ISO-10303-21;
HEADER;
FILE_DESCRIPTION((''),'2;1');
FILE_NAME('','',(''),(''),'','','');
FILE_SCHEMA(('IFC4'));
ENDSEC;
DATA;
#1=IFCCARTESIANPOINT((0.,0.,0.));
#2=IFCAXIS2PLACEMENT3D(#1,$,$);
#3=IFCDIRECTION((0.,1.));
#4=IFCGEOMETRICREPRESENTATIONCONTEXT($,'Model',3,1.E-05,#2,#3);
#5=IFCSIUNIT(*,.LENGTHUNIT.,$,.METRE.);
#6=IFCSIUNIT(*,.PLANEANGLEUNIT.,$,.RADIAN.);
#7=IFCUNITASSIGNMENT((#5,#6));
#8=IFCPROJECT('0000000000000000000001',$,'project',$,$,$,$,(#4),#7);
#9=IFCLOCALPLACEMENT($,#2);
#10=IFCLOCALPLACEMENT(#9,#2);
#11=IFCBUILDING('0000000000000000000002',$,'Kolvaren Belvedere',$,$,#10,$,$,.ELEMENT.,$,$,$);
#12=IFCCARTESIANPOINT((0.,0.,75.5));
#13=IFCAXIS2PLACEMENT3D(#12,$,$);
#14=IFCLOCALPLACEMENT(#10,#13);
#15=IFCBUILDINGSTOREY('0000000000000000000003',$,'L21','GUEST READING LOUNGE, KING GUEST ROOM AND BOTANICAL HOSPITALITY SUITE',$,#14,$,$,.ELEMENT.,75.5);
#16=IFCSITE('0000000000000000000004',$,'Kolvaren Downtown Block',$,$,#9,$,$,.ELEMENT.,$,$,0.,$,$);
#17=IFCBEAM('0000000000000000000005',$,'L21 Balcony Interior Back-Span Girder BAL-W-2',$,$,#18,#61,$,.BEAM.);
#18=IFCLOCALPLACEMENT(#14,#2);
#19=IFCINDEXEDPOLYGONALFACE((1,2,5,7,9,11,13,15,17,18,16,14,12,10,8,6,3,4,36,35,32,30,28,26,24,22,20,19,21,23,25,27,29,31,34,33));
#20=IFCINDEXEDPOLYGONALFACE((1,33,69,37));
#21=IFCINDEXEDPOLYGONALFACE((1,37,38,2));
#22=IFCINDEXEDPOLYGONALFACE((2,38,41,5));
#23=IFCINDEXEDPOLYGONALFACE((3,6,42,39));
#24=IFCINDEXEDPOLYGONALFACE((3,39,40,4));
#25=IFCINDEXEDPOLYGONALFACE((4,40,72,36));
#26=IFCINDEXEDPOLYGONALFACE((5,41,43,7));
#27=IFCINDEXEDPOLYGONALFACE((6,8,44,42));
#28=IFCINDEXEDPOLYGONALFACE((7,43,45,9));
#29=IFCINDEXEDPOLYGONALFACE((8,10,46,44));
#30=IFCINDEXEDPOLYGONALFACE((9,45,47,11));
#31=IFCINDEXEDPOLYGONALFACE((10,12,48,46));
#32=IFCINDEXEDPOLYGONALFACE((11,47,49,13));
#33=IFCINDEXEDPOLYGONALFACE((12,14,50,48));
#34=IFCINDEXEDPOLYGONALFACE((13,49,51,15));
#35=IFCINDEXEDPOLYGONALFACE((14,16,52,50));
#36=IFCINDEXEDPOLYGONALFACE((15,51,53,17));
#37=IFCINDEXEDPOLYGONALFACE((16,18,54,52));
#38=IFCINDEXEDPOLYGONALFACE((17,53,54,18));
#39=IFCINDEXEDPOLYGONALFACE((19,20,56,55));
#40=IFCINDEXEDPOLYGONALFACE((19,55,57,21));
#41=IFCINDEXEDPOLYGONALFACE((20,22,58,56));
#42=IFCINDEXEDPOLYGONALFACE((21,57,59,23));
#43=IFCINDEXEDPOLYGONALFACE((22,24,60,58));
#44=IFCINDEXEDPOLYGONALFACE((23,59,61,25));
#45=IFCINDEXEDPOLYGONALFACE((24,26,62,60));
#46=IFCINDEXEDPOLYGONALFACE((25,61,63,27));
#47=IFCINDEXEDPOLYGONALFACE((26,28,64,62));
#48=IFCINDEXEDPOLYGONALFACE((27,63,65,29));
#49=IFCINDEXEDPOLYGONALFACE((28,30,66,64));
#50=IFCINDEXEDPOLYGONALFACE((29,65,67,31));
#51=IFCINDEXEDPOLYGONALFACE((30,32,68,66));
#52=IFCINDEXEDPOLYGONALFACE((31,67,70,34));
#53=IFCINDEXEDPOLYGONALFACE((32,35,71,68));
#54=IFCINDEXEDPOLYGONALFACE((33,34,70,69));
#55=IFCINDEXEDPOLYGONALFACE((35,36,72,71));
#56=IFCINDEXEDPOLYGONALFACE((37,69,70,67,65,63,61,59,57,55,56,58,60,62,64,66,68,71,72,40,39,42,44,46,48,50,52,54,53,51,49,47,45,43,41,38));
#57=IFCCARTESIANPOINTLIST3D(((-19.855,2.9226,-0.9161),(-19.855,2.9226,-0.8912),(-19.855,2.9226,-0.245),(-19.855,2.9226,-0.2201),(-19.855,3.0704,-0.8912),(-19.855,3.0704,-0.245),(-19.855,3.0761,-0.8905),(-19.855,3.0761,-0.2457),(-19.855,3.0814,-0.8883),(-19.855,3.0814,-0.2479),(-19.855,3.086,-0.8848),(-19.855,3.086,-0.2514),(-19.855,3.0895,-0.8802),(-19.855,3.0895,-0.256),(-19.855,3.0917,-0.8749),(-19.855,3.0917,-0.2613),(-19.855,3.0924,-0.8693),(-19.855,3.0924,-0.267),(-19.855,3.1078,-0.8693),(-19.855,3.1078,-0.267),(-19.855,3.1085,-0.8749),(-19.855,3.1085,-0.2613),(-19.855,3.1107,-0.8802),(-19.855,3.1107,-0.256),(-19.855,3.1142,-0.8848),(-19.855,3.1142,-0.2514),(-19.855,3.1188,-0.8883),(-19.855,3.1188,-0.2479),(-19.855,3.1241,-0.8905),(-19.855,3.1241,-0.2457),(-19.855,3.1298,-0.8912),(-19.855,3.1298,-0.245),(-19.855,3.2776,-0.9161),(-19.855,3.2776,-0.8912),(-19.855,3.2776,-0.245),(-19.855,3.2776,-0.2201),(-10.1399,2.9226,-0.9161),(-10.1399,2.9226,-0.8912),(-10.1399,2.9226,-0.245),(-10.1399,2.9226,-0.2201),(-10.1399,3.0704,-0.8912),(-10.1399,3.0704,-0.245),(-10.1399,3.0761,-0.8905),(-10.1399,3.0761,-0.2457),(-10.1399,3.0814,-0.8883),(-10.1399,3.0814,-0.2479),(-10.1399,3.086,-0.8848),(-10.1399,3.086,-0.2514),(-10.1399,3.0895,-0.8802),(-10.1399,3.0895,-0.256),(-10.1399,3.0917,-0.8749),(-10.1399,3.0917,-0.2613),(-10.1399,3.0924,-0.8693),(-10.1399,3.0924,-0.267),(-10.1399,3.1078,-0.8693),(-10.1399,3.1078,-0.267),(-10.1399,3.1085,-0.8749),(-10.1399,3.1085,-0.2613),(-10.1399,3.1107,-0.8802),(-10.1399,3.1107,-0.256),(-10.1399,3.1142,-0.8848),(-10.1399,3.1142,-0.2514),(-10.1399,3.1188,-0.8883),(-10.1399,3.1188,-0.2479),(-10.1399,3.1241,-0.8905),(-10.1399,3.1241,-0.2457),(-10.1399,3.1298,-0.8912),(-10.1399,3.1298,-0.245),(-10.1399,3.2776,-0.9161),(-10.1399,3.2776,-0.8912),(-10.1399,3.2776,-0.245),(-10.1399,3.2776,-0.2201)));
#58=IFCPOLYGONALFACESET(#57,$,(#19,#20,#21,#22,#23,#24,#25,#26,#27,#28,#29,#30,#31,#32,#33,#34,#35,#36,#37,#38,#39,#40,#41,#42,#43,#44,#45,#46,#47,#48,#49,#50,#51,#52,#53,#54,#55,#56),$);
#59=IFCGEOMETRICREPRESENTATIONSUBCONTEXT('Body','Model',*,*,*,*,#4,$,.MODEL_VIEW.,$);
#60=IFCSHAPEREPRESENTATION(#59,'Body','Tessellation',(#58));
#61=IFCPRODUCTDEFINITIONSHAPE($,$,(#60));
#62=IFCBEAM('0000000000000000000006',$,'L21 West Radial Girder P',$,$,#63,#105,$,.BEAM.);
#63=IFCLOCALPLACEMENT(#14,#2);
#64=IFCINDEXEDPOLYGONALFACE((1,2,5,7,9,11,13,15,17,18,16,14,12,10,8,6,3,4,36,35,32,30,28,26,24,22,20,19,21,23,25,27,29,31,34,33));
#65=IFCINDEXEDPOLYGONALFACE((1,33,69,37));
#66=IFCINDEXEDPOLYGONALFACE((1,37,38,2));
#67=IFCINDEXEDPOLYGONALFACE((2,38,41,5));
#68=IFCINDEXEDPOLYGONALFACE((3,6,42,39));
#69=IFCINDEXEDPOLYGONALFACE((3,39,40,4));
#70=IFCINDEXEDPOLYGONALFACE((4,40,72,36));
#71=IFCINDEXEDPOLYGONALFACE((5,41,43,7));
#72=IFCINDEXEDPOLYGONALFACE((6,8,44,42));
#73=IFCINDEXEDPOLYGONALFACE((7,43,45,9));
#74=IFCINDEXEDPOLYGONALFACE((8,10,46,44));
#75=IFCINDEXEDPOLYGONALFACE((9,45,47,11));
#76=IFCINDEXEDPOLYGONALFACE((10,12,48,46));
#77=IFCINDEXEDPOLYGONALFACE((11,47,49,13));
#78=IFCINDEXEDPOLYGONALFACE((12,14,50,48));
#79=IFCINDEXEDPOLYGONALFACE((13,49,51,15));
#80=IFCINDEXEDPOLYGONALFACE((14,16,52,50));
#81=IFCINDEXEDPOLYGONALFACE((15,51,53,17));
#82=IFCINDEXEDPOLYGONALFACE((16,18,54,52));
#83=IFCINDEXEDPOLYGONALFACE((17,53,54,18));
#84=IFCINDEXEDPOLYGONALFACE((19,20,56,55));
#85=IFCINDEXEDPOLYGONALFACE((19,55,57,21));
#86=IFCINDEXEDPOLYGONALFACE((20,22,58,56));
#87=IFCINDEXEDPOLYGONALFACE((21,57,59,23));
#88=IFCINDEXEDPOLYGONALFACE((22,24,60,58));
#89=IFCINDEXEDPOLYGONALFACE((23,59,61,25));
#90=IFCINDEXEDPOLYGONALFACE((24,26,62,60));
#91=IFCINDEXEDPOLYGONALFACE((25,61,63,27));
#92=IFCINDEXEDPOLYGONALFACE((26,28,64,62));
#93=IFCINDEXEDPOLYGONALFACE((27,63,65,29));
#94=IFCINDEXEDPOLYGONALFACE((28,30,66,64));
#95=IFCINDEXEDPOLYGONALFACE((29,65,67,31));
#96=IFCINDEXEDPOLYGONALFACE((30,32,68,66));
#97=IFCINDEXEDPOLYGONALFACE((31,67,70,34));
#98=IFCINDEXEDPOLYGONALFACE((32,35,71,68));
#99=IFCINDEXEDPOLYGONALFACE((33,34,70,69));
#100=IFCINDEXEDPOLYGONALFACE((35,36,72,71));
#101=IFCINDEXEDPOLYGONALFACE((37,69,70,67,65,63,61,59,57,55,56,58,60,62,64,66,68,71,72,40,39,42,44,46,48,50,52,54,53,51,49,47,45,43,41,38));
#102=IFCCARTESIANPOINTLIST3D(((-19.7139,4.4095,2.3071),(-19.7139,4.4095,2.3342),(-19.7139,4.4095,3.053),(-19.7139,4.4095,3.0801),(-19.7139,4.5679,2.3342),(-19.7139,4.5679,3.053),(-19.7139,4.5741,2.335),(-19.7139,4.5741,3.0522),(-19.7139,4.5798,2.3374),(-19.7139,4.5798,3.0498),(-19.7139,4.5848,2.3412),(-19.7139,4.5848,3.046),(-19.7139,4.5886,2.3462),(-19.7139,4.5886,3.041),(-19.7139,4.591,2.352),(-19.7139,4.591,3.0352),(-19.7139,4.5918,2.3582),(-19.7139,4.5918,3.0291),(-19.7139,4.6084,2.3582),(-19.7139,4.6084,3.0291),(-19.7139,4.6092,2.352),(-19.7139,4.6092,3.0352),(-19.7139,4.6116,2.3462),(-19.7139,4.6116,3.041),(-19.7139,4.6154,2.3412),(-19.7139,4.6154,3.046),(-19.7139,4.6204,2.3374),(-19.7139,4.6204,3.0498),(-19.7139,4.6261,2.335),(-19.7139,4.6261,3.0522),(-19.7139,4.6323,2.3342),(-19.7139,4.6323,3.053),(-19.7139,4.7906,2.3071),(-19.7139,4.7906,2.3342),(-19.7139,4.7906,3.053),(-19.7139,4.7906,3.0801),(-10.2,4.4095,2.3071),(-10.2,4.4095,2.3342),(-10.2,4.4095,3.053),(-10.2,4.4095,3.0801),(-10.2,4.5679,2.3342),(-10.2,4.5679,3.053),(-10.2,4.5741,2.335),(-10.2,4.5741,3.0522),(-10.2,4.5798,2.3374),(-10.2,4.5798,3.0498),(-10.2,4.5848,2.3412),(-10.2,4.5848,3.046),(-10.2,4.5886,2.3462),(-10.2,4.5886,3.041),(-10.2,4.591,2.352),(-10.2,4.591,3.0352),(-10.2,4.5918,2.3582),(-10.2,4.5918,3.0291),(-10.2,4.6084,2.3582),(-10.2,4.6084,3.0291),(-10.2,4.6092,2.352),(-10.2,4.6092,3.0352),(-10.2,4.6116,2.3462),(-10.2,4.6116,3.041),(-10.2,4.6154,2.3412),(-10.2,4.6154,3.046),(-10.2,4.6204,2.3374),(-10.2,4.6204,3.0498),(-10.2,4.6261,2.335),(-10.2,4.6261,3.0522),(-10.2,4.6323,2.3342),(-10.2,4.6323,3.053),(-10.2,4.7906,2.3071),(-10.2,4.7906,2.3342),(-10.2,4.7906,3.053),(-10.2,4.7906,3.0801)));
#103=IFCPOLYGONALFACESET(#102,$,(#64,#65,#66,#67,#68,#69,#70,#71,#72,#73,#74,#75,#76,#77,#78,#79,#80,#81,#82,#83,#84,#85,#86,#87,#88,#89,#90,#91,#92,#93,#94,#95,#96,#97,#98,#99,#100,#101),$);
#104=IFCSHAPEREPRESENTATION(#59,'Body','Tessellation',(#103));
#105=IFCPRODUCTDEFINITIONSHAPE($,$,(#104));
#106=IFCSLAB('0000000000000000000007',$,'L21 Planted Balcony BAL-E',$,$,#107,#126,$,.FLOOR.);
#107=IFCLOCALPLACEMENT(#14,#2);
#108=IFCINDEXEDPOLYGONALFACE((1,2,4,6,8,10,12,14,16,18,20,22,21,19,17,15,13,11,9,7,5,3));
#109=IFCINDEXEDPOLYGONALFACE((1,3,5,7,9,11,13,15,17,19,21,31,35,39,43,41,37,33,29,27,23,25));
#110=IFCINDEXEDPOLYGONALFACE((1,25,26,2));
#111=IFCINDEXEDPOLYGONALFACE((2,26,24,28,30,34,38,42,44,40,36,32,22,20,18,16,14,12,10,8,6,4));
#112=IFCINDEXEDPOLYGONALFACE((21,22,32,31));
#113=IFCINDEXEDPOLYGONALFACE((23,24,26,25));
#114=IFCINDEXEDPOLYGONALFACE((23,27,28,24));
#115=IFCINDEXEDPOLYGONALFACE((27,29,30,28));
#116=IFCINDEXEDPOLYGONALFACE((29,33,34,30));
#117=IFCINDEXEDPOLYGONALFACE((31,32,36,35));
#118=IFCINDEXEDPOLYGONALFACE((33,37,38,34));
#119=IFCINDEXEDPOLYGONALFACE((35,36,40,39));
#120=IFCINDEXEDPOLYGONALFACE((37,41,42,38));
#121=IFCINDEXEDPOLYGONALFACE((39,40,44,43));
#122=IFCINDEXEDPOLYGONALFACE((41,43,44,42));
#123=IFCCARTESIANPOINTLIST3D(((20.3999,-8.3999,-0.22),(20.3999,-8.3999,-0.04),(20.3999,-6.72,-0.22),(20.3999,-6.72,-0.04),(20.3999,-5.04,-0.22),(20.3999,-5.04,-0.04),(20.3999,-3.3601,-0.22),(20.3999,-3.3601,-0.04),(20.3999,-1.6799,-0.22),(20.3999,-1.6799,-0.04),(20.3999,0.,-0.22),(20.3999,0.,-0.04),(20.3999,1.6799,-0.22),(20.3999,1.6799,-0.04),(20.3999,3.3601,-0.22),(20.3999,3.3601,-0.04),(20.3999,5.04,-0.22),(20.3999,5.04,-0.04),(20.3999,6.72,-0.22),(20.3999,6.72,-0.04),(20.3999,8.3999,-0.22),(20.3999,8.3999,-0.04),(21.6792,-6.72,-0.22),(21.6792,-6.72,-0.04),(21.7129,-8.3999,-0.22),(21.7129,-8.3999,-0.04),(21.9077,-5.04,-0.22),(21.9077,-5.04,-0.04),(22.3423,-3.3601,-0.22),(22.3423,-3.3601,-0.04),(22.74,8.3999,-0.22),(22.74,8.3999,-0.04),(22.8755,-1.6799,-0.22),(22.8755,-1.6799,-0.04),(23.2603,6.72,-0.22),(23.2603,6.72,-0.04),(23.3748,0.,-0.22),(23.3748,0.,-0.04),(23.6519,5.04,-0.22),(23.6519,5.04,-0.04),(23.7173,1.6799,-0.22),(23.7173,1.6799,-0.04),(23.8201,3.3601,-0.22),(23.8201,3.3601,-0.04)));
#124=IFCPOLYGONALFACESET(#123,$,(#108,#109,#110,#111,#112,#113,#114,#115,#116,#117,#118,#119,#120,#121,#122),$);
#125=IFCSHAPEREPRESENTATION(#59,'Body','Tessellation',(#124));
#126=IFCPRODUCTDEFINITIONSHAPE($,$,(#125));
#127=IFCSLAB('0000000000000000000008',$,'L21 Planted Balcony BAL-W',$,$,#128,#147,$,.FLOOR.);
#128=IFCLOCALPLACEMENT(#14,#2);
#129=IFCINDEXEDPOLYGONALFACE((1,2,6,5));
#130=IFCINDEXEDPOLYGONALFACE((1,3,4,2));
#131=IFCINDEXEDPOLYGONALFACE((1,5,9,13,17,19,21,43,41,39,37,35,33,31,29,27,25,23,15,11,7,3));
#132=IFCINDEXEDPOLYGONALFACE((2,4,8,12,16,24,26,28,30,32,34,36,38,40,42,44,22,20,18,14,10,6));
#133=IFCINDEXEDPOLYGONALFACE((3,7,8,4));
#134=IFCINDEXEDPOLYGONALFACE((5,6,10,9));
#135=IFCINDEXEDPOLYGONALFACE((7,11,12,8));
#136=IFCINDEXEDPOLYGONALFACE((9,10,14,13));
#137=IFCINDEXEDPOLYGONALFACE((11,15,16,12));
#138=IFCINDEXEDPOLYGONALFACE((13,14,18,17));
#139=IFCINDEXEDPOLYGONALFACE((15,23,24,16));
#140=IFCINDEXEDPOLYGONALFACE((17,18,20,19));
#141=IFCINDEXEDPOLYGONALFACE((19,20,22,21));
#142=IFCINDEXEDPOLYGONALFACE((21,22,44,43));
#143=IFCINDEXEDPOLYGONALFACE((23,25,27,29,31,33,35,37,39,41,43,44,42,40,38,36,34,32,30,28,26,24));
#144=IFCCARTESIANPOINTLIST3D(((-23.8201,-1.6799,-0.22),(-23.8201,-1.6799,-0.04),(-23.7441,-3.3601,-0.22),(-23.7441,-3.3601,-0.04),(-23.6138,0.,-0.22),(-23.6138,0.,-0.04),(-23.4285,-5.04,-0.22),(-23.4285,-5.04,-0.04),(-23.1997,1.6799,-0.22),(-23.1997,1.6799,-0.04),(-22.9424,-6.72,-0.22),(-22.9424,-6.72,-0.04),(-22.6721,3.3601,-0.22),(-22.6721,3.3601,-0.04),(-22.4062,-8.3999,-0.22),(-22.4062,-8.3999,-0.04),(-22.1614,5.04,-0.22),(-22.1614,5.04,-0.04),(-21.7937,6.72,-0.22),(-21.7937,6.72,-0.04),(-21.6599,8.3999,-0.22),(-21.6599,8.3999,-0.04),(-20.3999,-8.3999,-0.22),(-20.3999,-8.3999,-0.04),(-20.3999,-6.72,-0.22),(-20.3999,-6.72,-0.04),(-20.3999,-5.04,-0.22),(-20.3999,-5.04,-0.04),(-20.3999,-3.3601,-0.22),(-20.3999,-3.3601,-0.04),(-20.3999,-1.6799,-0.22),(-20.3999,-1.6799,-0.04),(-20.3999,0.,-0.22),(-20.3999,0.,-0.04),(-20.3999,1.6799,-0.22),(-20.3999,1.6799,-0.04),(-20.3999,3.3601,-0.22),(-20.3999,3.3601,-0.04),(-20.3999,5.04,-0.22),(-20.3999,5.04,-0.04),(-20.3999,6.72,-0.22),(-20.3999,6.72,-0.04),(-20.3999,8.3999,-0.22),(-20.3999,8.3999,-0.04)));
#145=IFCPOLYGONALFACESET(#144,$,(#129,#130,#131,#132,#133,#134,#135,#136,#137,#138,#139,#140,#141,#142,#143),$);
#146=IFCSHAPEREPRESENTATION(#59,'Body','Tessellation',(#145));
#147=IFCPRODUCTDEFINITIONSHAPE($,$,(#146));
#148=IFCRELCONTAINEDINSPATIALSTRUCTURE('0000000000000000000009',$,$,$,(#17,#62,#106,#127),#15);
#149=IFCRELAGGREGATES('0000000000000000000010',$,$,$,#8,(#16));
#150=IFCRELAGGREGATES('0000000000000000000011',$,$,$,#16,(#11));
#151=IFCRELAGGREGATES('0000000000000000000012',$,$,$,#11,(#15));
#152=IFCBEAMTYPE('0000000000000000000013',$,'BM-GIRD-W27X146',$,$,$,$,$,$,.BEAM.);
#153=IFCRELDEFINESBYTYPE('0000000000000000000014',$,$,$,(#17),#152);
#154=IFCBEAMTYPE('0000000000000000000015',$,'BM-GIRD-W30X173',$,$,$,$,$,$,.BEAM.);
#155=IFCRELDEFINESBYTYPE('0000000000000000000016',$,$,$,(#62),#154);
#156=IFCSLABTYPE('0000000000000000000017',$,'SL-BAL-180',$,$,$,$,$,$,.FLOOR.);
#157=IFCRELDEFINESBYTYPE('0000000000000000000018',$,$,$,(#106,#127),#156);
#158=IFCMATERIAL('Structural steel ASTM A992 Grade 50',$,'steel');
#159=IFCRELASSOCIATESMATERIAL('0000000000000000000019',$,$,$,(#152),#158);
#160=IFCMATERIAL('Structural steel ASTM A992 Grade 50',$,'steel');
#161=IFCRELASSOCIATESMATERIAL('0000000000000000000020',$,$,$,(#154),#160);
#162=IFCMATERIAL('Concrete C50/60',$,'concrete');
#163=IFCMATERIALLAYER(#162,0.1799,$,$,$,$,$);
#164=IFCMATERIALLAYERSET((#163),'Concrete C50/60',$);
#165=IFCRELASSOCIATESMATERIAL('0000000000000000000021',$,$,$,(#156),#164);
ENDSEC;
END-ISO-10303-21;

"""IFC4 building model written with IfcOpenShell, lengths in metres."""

from ifc_helpers import new_model, si_unit, direction, frame, origin, origin_2d, place, context, subcontext, project, spatial, polyline, i_section, outline, extrude, material, layer, layer_set, material_profile, profile_set, type_object, element, save


model = new_model("IFC4")

# Units and contexts
model_context = context("Model", 3, precision=1e-05, world=origin(), true_north=direction((0.0, 1.0)))
body_context = subcontext(model_context, "Body", "Model", "MODEL_VIEW")
ifc_project = project(units=[si_unit("LENGTHUNIT", "METRE"), si_unit("PLANEANGLEUNIT", "RADIAN")], contexts=[model_context])

# Site, building, storey
site_placement = place(None, origin())
site = spatial("IfcSite", under=ifc_project, at=site_placement, Name="Kolvaren Downtown Block", CompositionType="ELEMENT", RefElevation=0.0)
building_placement = place(site_placement, origin())
building = spatial("IfcBuilding", under=site, at=building_placement, Name="Kolvaren Belvedere", CompositionType="ELEMENT")
storey_placement = place(building_placement, frame((0.0, 0.0, 75.5)))
storey = spatial("IfcBuildingStorey", under=building, at=storey_placement, Name="L21", Description="GUEST READING LOUNGE, KING GUEST ROOM AND BOTANICAL HOSPITALITY SUITE", CompositionType="ELEMENT", Elevation=75.5)

# Beams
ifc_material_1 = material(Name="Structural steel ASTM A992 Grade 50", Category="steel")
ifc_material_profile_1 = material_profile(ifc_material_1, i_section(OverallWidth=0.355, OverallDepth=0.696, WebThickness=0.0154, FlangeThickness=0.0249, FilletRadius=0.022, at=origin_2d()), Name="W27X146")
ifc_profile_set_1 = profile_set([ifc_material_profile_1], Name="Structural steel ASTM A992 Grade 50")
beam_type_1 = type_object("IfcBeamType", Name="BM-GIRD-W27X146", PredefinedType="BEAM", material=ifc_profile_set_1)
beam_1_placement = place(storey_placement, frame((-10.1399, 3.1001, -0.5681), z_axis=(-1.0, 0.0, 0.0), x_axis=(0.0, -1.0, 0.0)))
element("IfcBeam", 1, at=beam_1_placement, inside=storey, type_object=beam_type_1, Name="L21 Balcony Interior Back-Span Girder BAL-W-2", PredefinedType="BEAM", context=body_context, shape_type="SweptSolid", body=[
    extrude(i_section(OverallWidth=0.355, OverallDepth=0.696, WebThickness=0.0154, FlangeThickness=0.0249, FilletRadius=0.022, at=origin_2d()), origin(), (0.0, 0.0, 1.0), 9.7151),
])
ifc_material_2 = material(Name="Structural steel ASTM A992 Grade 50", Category="steel")
ifc_material_profile_2 = material_profile(ifc_material_2, i_section(OverallWidth=0.3811, OverallDepth=0.7729, WebThickness=0.0166, FlangeThickness=0.0271, FilletRadius=0.0239, at=origin_2d()), Name="W30X173")
ifc_profile_set_2 = profile_set([ifc_material_profile_2], Name="Structural steel ASTM A992 Grade 50")
beam_type_2 = type_object("IfcBeamType", Name="BM-GIRD-W30X173", PredefinedType="BEAM", material=ifc_profile_set_2)
beam_2_placement = place(storey_placement, frame((-10.2, 4.6001, 2.6936), z_axis=(-1.0, 0.0, 0.0), x_axis=(0.0, -1.0, 0.0)))
element("IfcBeam", 2, at=beam_2_placement, inside=storey, type_object=beam_type_2, Name="L21 West Radial Girder P", PredefinedType="BEAM", context=body_context, shape_type="SweptSolid", body=[
    extrude(i_section(OverallWidth=0.3811, OverallDepth=0.7729, WebThickness=0.0166, FlangeThickness=0.0271, FilletRadius=0.0239, at=origin_2d()), origin(), (0.0, 0.0, 1.0), 9.5139),
])

# Slabs
ifc_material_3 = material(Name="Concrete C50/60", Category="concrete")
ifc_layer_1 = layer(ifc_material_3, 0.1799)
ifc_layer_set_1 = layer_set([ifc_layer_1], Name="Concrete C50/60")
slab_type_1 = type_object("IfcSlabType", Name="SL-BAL-180", PredefinedType="FLOOR", material=ifc_layer_set_1)
slab_1_placement = place(storey_placement, frame((0.0, 0.0, -0.22)))
element("IfcSlab", 3, at=slab_1_placement, inside=storey, type_object=slab_type_1, Name="L21 Planted Balcony BAL-E", PredefinedType="FLOOR", context=body_context, shape_type="SweptSolid", body=[
    extrude(outline(polyline([(21.7129, -8.3999), (21.6792, -6.72), (21.9077, -5.04), (22.3423, -3.3601), (22.8755, -1.6799), (23.3748, 0.0), (23.7173, 1.6799), (23.8201, 3.3601), (23.6519, 5.04), (23.2603, 6.72), (22.74, 8.3999), (20.3999, 8.3999), (20.3999, 6.72), (20.3999, 5.04), (20.3999, 3.3601), (20.3999, 1.6799), (20.3999, 0.0), (20.3999, -1.6799), (20.3999, -3.3601), (20.3999, -5.04), (20.3999, -6.72), (20.3999, -8.3999), (21.7129, -8.3999)])), origin(), (0.0, 0.0, 1.0), 0.1799),
])
slab_2_placement = place(storey_placement, frame((0.0, 0.0, -0.22)))
element("IfcSlab", 4, at=slab_2_placement, inside=storey, type_object=slab_type_1, Name="L21 Planted Balcony BAL-W", PredefinedType="FLOOR", context=body_context, shape_type="SweptSolid", body=[
    extrude(outline(polyline([(-21.6599, 8.3999), (-21.7937, 6.72), (-22.1614, 5.04), (-22.6721, 3.3601), (-23.1997, 1.6799), (-23.6138, 0.0), (-23.8201, -1.6799), (-23.7441, -3.3601), (-23.4285, -5.04), (-22.9424, -6.72), (-22.4062, -8.3999), (-20.3999, -8.3999), (-20.3999, -6.72), (-20.3999, -5.04), (-20.3999, -3.3601), (-20.3999, -1.6799), (-20.3999, 0.0), (-20.3999, 1.6799), (-20.3999, 3.3601), (-20.3999, 5.04), (-20.3999, 6.72), (-20.3999, 8.3999), (-21.6599, 8.3999)])), origin(), (0.0, 0.0, 1.0), 0.1799),
])

save(model, "model.ifc")
